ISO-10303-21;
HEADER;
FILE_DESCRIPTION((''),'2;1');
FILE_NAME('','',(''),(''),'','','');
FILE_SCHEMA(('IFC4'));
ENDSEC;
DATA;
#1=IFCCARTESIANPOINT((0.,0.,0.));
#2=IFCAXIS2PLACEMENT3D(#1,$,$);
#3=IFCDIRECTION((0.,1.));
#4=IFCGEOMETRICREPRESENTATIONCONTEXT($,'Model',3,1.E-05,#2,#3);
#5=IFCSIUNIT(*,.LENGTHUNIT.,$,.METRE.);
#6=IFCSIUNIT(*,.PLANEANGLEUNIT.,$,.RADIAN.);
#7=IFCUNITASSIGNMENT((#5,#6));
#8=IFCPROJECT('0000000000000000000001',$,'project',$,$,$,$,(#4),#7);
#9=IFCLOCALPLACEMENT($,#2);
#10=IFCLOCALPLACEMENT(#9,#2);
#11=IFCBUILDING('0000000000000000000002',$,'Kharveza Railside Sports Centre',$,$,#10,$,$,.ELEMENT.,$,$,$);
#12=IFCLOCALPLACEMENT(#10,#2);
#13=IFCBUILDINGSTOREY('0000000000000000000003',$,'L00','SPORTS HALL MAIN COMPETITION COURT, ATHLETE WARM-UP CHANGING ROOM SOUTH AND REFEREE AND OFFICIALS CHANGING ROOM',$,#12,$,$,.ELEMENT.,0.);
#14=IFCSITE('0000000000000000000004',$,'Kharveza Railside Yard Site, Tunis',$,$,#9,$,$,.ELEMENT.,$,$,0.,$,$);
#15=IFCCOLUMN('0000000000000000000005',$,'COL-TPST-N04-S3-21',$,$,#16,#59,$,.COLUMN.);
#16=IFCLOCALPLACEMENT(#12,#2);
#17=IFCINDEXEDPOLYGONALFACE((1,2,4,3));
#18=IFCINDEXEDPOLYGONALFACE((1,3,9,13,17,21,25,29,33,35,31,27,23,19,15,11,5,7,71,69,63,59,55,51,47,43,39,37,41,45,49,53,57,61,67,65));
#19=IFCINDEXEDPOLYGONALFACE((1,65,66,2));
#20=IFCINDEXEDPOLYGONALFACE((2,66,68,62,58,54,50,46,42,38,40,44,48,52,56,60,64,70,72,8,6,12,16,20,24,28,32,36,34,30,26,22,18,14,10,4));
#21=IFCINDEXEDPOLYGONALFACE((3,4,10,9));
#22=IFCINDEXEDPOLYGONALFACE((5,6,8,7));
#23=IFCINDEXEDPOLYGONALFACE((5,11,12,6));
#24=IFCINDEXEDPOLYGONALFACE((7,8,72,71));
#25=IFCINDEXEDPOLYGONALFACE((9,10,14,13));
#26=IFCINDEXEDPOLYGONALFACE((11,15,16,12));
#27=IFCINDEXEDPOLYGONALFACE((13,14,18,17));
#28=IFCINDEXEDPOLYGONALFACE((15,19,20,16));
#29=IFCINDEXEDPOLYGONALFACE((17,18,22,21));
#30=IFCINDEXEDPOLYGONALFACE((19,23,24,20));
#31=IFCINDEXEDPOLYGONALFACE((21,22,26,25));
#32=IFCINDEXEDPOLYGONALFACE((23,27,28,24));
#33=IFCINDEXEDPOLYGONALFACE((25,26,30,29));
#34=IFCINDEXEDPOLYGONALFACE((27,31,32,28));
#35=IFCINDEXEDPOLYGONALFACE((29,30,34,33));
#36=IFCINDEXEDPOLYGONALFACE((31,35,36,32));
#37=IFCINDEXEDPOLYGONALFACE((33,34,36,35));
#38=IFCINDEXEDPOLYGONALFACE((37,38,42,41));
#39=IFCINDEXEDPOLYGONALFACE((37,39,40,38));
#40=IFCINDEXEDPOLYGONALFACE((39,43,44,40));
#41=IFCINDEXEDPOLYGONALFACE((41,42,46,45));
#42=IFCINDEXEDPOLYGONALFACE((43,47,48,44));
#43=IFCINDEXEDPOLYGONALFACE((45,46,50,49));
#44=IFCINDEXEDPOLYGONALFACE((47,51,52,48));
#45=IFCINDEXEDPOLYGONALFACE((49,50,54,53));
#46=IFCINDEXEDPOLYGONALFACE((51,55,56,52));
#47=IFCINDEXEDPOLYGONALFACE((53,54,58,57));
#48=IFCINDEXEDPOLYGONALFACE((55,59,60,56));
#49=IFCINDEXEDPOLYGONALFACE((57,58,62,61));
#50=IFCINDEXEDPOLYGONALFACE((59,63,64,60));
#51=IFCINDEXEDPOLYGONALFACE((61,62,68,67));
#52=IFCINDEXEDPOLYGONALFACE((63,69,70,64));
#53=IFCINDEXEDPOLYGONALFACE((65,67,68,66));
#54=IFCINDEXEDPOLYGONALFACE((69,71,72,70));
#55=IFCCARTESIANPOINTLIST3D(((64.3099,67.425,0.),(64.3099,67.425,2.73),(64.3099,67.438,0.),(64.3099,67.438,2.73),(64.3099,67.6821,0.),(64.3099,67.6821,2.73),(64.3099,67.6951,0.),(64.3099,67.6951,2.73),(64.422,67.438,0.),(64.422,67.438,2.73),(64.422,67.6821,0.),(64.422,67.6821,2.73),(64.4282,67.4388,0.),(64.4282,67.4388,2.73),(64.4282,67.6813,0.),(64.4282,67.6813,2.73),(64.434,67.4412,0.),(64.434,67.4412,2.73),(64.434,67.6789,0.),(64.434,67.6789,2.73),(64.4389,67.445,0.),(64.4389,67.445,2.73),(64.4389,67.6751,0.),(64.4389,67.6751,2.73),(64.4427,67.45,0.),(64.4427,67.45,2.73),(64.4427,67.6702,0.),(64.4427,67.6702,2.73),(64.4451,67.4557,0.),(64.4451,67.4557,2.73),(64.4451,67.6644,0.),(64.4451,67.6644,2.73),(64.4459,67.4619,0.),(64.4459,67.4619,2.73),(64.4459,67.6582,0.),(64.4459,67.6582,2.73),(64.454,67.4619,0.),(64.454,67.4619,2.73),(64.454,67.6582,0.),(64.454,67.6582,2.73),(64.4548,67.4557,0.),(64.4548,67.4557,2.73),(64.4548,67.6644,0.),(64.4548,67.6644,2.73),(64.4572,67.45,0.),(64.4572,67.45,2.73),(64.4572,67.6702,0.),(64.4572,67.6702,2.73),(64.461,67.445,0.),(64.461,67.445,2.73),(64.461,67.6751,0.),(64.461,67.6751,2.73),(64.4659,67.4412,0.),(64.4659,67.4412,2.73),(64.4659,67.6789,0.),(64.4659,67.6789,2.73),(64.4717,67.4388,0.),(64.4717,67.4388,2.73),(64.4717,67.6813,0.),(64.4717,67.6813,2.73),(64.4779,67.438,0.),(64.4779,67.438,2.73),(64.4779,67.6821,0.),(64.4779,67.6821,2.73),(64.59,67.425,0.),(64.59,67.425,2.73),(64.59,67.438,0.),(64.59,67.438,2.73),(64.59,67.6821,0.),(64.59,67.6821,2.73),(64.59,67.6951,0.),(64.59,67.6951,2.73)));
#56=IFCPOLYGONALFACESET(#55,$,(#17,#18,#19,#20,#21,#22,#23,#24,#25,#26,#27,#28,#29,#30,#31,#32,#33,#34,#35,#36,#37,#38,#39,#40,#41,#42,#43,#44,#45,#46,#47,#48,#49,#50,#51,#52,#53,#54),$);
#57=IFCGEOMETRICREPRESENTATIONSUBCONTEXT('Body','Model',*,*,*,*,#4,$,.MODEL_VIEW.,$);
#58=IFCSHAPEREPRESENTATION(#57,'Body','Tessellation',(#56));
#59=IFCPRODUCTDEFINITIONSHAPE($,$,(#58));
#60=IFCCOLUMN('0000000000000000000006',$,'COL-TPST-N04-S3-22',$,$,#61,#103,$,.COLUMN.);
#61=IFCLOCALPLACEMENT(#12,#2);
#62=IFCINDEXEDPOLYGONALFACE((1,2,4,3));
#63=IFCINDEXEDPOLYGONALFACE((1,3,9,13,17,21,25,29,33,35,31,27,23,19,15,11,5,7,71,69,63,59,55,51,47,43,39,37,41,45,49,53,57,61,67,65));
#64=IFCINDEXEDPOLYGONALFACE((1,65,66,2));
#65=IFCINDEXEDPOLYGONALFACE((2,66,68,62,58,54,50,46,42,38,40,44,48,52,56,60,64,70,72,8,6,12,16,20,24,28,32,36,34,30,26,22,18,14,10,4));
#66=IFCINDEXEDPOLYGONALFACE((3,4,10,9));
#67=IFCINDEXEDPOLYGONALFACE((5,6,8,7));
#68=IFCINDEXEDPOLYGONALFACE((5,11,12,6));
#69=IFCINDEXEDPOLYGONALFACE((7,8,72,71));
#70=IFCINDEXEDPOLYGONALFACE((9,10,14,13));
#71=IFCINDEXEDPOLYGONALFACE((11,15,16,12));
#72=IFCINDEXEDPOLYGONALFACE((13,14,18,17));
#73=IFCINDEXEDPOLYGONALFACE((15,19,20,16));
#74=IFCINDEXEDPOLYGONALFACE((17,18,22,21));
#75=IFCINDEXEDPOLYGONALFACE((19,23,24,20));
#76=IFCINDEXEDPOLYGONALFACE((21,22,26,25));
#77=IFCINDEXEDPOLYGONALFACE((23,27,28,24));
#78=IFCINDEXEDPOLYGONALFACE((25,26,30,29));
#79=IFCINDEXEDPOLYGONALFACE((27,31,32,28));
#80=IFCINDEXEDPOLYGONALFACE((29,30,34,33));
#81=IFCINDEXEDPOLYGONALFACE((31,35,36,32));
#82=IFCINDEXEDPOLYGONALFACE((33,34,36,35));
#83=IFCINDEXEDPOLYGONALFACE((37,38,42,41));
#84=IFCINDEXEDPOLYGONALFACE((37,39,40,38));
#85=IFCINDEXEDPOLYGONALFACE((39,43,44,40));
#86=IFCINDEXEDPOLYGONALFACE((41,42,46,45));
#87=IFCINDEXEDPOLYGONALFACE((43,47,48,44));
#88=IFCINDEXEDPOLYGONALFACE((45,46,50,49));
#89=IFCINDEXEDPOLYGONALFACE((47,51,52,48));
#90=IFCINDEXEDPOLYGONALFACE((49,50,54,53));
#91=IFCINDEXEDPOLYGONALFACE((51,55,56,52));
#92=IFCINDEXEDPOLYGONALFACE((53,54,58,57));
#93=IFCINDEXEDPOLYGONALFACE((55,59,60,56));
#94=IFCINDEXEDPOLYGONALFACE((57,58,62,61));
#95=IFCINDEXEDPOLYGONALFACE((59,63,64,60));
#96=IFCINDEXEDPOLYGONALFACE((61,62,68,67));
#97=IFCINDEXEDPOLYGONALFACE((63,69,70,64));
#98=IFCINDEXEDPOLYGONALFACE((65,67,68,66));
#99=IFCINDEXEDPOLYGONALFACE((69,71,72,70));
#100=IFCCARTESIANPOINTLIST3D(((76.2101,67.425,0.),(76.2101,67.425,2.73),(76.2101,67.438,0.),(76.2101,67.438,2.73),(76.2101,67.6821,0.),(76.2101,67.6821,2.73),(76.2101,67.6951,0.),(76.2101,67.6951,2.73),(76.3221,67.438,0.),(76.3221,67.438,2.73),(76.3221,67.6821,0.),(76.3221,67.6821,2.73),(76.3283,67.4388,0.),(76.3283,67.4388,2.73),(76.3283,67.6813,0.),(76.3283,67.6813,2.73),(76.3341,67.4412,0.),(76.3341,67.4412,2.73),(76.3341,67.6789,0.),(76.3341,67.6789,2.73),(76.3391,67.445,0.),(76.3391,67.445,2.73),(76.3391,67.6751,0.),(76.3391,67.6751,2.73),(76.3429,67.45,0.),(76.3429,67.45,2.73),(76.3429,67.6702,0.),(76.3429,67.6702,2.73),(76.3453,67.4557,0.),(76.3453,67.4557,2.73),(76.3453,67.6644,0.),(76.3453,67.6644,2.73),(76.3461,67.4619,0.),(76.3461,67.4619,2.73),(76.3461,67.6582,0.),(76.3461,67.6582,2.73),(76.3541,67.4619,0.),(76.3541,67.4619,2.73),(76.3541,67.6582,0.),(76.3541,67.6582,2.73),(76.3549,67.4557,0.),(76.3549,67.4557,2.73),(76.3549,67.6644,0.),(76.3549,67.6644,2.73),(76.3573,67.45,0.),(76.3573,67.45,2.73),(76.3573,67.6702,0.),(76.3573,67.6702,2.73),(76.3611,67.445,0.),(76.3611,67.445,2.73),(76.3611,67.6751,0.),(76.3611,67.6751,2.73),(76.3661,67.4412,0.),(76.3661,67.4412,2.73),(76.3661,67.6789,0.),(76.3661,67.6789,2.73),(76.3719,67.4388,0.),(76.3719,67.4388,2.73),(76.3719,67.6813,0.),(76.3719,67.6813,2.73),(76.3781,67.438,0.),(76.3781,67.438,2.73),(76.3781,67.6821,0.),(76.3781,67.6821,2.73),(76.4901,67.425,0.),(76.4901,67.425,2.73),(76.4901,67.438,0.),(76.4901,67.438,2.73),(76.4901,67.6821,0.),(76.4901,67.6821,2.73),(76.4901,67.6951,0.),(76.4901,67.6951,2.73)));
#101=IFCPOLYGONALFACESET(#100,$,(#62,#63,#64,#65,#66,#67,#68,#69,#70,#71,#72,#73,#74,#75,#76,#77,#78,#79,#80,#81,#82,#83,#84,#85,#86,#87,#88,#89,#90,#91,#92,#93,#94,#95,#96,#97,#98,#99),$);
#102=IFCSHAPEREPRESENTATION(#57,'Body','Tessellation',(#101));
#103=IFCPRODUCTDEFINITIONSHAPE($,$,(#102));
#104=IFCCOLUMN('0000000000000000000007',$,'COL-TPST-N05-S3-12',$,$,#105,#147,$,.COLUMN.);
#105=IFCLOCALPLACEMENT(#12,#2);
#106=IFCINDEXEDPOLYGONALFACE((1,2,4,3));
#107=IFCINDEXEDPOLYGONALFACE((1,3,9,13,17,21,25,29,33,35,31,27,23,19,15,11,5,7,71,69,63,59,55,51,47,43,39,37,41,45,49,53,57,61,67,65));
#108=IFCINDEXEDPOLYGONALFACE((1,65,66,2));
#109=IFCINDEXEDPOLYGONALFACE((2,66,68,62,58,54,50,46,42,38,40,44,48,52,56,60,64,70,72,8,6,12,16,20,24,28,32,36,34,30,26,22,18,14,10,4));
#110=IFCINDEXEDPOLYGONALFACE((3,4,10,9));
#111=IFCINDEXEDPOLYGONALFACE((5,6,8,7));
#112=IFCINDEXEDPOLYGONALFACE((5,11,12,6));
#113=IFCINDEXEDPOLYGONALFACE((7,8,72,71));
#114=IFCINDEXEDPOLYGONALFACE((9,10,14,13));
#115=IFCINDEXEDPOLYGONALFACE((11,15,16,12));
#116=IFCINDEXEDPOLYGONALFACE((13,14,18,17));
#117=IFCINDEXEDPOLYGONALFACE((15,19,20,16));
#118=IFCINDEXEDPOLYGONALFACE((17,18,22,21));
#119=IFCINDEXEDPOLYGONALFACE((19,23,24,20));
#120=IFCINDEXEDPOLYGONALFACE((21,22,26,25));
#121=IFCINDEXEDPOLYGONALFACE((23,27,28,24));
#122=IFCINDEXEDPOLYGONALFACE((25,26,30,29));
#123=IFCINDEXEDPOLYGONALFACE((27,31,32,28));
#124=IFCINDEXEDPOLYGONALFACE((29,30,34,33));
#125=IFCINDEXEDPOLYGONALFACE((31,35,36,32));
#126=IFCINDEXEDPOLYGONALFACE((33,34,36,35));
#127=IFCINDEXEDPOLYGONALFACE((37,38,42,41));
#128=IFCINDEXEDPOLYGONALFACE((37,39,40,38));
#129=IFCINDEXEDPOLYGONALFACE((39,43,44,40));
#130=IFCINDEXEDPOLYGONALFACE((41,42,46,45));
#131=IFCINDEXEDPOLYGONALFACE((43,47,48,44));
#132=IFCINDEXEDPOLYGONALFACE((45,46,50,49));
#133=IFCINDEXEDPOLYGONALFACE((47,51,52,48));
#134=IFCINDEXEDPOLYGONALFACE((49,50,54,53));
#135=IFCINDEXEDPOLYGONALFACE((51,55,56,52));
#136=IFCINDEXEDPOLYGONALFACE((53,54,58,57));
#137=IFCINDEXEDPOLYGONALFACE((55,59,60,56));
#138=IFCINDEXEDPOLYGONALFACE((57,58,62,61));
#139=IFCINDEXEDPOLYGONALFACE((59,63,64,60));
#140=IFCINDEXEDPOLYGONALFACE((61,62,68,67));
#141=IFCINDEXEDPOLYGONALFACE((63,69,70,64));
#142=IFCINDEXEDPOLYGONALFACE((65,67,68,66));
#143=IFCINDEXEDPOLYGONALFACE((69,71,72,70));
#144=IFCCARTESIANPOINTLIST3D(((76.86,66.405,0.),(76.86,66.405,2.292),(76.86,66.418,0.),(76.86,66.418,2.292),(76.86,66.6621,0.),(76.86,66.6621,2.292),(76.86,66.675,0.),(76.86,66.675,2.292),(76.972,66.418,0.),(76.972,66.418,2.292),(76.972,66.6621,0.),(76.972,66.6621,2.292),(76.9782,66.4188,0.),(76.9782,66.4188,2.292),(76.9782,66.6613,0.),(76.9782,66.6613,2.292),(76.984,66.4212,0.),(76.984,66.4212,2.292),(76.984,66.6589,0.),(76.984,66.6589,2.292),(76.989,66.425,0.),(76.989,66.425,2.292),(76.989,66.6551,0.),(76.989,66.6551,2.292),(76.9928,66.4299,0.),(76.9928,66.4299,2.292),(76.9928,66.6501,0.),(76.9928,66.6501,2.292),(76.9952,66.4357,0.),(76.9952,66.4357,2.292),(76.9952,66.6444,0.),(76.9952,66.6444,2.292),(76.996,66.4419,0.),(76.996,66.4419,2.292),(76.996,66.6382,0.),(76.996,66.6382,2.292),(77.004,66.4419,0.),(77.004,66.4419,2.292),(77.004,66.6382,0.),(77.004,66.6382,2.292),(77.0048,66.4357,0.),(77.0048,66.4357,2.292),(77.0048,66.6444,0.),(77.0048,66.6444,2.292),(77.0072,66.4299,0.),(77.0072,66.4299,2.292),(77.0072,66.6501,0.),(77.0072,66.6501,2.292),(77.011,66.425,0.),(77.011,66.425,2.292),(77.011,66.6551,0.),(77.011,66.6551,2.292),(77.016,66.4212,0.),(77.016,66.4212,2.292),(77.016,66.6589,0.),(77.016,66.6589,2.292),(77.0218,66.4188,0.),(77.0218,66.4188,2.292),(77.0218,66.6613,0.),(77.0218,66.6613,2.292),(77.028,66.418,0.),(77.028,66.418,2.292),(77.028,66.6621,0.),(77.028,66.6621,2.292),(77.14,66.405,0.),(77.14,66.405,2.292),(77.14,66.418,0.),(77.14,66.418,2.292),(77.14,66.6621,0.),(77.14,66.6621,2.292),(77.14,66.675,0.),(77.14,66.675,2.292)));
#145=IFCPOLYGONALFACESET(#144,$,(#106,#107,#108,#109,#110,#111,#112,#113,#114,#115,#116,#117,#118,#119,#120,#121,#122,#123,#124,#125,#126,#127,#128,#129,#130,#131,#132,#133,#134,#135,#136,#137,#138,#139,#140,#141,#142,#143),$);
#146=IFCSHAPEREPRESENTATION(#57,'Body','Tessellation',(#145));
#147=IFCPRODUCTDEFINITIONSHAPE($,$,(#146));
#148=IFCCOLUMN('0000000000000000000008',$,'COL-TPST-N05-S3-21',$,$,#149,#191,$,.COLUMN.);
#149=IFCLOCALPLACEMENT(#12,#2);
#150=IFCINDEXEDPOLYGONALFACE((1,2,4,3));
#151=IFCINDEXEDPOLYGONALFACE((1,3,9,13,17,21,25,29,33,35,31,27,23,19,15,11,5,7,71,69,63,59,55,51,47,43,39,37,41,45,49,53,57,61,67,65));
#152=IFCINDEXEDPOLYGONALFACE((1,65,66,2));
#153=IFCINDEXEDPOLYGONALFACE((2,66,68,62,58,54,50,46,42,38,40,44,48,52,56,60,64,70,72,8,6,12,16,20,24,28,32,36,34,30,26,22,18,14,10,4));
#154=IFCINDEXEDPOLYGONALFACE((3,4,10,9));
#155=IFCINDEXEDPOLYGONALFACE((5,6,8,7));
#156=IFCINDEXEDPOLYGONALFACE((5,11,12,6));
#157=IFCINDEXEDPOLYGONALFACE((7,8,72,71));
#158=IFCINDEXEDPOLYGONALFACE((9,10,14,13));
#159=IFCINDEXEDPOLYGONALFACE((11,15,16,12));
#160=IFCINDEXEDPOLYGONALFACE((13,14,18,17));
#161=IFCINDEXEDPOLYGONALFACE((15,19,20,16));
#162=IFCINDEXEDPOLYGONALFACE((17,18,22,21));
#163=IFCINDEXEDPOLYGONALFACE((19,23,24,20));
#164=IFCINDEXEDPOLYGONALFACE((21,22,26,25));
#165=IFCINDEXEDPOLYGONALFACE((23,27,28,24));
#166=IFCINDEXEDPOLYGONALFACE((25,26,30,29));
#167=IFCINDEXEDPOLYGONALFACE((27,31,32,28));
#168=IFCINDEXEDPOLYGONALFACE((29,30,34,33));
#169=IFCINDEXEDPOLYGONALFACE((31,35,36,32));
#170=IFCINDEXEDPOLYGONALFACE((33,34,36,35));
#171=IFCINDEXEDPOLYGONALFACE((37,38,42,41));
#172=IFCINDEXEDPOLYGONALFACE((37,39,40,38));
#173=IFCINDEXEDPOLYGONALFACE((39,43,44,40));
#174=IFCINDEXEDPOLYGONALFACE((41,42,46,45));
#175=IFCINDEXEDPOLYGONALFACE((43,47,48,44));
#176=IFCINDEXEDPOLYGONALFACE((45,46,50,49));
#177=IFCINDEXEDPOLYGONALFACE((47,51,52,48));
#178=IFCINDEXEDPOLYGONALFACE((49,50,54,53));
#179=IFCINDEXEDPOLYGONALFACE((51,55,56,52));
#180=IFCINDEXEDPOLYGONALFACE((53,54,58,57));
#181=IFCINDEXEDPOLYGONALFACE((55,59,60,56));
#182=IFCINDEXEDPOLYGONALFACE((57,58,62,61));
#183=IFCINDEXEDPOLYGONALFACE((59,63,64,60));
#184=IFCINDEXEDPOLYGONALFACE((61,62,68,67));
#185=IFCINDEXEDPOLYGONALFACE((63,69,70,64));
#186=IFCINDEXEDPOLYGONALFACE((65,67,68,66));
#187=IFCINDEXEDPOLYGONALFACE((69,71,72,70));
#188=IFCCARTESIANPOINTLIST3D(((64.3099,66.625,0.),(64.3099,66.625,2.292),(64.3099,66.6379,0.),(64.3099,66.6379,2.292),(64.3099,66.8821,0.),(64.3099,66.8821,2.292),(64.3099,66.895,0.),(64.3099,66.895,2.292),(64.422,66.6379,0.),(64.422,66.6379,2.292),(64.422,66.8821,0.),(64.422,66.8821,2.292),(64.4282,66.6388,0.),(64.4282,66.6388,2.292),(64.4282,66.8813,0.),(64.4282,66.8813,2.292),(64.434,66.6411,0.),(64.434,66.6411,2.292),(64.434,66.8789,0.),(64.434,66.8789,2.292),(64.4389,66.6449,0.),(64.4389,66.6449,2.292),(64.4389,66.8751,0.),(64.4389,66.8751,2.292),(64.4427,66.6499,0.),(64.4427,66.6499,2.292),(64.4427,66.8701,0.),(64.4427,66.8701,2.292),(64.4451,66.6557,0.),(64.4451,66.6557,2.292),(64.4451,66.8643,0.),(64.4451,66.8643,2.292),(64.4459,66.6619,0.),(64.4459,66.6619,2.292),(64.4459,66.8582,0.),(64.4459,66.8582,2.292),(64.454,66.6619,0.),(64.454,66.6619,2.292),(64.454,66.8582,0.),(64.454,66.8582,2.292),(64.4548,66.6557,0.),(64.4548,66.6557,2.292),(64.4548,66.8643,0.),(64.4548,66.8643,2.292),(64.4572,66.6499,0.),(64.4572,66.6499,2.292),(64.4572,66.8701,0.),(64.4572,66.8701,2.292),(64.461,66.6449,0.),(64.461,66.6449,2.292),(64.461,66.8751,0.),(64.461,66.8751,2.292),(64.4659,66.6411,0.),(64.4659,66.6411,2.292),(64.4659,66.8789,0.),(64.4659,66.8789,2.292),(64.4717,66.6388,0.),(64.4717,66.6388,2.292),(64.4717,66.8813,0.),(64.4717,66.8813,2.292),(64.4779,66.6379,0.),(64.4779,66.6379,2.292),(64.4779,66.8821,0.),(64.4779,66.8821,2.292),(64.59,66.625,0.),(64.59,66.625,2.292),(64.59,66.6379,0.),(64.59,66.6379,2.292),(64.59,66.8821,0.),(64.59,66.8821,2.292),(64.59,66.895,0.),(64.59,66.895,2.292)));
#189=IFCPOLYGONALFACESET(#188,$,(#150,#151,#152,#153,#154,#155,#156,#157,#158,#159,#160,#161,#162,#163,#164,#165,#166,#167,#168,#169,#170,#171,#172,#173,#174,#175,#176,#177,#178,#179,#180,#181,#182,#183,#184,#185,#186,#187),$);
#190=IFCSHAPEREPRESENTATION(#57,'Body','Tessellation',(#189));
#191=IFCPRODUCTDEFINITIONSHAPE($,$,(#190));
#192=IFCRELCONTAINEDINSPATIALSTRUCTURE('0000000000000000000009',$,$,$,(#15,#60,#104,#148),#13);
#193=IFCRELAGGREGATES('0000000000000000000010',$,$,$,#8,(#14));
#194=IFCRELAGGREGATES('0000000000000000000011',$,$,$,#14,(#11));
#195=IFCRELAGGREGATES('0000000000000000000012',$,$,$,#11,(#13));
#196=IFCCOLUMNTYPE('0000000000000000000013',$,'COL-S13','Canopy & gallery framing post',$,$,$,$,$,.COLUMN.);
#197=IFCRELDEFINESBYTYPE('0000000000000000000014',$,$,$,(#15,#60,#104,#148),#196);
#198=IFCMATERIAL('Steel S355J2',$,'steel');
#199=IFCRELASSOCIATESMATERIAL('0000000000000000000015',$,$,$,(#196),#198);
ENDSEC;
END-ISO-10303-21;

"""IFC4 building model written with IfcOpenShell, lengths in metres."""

from ifc_helpers import new_model, si_unit, direction, frame, origin, origin_2d, place, context, subcontext, project, spatial, i_section, extrude, material, material_profile, profile_set, type_object, element, save


model = new_model("IFC4")

# Units and contexts
model_context = context("Model", 3, precision=1e-05, world=origin(), true_north=direction((0.0, 1.0)))
body_context = subcontext(model_context, "Body", "Model", "MODEL_VIEW")
ifc_project = project(units=[si_unit("LENGTHUNIT", "METRE"), si_unit("PLANEANGLEUNIT", "RADIAN")], contexts=[model_context])

# Site, building, storey
site_placement = place(None, origin())
site = spatial("IfcSite", under=ifc_project, at=site_placement, Name="Kharveza Railside Yard Site, Tunis", CompositionType="ELEMENT", RefElevation=0.0)
building_placement = place(site_placement, origin())
building = spatial("IfcBuilding", under=site, at=building_placement, Name="Kharveza Railside Sports Centre", CompositionType="ELEMENT")
storey_placement = place(building_placement, origin())
storey = spatial("IfcBuildingStorey", under=building, at=storey_placement, Name="L00", Description="SPORTS HALL MAIN COMPETITION COURT, ATHLETE WARM-UP CHANGING ROOM SOUTH AND REFEREE AND OFFICIALS CHANGING ROOM", CompositionType="ELEMENT", Elevation=0.0)

# Columns
ifc_material_1 = material(Name="Steel S355J2", Category="steel")
ifc_material_profile_1 = material_profile(ifc_material_1, i_section(OverallWidth=0.28, OverallDepth=0.27, WebThickness=0.0081, FlangeThickness=0.0129, FilletRadius=0.0239, at=origin_2d()), Name="HEA 280")
ifc_profile_set_1 = profile_set([ifc_material_profile_1], Name="Steel S355J2")
column_type_1 = type_object("IfcColumnType", Name="COL-S13", Description="Canopy & gallery framing post", PredefinedType="COLUMN", material=ifc_profile_set_1)
for number, where, z_axis, x_axis, name in (
    (1, (64.45, 67.5601, 0.0), (0.0, 0.0, 1.0), (1.0, 0.0, 0.0), "COL-TPST-N04-S3-21"),
    (2, (76.3501, 67.5601, 0.0), (0.0, 0.0, 1.0), (1.0, 0.0, 0.0), "COL-TPST-N04-S3-22"),
):
    element("IfcColumn", number, at=place(storey_placement, frame(where, z_axis=z_axis, x_axis=x_axis)), inside=storey, type_object=column_type_1, Name=name, PredefinedType="COLUMN", context=body_context, shape_type="SweptSolid", body=[
        extrude(i_section(OverallWidth=0.28, OverallDepth=0.27, WebThickness=0.0081, FlangeThickness=0.0129, FilletRadius=0.0239, at=origin_2d()), origin(), (0.0, 0.0, 1.0), 2.73),
    ])
for number, where, z_axis, x_axis, name in (
    (3, (77.0, 66.54, 0.0), (0.0, 0.0, 1.0), (1.0, 0.0, 0.0), "COL-TPST-N05-S3-12"),
    (4, (64.45, 66.76, 0.0), (0.0, 0.0, 1.0), (1.0, 0.0, 0.0), "COL-TPST-N05-S3-21"),
):
    element("IfcColumn", number, at=place(storey_placement, frame(where, z_axis=z_axis, x_axis=x_axis)), inside=storey, type_object=column_type_1, Name=name, PredefinedType="COLUMN", context=body_context, shape_type="SweptSolid", body=[
        extrude(i_section(OverallWidth=0.28, OverallDepth=0.27, WebThickness=0.0081, FlangeThickness=0.0129, FilletRadius=0.0239, at=origin_2d()), origin(), (0.0, 0.0, 1.0), 2.292),
    ])

save(model, "model.ifc")
